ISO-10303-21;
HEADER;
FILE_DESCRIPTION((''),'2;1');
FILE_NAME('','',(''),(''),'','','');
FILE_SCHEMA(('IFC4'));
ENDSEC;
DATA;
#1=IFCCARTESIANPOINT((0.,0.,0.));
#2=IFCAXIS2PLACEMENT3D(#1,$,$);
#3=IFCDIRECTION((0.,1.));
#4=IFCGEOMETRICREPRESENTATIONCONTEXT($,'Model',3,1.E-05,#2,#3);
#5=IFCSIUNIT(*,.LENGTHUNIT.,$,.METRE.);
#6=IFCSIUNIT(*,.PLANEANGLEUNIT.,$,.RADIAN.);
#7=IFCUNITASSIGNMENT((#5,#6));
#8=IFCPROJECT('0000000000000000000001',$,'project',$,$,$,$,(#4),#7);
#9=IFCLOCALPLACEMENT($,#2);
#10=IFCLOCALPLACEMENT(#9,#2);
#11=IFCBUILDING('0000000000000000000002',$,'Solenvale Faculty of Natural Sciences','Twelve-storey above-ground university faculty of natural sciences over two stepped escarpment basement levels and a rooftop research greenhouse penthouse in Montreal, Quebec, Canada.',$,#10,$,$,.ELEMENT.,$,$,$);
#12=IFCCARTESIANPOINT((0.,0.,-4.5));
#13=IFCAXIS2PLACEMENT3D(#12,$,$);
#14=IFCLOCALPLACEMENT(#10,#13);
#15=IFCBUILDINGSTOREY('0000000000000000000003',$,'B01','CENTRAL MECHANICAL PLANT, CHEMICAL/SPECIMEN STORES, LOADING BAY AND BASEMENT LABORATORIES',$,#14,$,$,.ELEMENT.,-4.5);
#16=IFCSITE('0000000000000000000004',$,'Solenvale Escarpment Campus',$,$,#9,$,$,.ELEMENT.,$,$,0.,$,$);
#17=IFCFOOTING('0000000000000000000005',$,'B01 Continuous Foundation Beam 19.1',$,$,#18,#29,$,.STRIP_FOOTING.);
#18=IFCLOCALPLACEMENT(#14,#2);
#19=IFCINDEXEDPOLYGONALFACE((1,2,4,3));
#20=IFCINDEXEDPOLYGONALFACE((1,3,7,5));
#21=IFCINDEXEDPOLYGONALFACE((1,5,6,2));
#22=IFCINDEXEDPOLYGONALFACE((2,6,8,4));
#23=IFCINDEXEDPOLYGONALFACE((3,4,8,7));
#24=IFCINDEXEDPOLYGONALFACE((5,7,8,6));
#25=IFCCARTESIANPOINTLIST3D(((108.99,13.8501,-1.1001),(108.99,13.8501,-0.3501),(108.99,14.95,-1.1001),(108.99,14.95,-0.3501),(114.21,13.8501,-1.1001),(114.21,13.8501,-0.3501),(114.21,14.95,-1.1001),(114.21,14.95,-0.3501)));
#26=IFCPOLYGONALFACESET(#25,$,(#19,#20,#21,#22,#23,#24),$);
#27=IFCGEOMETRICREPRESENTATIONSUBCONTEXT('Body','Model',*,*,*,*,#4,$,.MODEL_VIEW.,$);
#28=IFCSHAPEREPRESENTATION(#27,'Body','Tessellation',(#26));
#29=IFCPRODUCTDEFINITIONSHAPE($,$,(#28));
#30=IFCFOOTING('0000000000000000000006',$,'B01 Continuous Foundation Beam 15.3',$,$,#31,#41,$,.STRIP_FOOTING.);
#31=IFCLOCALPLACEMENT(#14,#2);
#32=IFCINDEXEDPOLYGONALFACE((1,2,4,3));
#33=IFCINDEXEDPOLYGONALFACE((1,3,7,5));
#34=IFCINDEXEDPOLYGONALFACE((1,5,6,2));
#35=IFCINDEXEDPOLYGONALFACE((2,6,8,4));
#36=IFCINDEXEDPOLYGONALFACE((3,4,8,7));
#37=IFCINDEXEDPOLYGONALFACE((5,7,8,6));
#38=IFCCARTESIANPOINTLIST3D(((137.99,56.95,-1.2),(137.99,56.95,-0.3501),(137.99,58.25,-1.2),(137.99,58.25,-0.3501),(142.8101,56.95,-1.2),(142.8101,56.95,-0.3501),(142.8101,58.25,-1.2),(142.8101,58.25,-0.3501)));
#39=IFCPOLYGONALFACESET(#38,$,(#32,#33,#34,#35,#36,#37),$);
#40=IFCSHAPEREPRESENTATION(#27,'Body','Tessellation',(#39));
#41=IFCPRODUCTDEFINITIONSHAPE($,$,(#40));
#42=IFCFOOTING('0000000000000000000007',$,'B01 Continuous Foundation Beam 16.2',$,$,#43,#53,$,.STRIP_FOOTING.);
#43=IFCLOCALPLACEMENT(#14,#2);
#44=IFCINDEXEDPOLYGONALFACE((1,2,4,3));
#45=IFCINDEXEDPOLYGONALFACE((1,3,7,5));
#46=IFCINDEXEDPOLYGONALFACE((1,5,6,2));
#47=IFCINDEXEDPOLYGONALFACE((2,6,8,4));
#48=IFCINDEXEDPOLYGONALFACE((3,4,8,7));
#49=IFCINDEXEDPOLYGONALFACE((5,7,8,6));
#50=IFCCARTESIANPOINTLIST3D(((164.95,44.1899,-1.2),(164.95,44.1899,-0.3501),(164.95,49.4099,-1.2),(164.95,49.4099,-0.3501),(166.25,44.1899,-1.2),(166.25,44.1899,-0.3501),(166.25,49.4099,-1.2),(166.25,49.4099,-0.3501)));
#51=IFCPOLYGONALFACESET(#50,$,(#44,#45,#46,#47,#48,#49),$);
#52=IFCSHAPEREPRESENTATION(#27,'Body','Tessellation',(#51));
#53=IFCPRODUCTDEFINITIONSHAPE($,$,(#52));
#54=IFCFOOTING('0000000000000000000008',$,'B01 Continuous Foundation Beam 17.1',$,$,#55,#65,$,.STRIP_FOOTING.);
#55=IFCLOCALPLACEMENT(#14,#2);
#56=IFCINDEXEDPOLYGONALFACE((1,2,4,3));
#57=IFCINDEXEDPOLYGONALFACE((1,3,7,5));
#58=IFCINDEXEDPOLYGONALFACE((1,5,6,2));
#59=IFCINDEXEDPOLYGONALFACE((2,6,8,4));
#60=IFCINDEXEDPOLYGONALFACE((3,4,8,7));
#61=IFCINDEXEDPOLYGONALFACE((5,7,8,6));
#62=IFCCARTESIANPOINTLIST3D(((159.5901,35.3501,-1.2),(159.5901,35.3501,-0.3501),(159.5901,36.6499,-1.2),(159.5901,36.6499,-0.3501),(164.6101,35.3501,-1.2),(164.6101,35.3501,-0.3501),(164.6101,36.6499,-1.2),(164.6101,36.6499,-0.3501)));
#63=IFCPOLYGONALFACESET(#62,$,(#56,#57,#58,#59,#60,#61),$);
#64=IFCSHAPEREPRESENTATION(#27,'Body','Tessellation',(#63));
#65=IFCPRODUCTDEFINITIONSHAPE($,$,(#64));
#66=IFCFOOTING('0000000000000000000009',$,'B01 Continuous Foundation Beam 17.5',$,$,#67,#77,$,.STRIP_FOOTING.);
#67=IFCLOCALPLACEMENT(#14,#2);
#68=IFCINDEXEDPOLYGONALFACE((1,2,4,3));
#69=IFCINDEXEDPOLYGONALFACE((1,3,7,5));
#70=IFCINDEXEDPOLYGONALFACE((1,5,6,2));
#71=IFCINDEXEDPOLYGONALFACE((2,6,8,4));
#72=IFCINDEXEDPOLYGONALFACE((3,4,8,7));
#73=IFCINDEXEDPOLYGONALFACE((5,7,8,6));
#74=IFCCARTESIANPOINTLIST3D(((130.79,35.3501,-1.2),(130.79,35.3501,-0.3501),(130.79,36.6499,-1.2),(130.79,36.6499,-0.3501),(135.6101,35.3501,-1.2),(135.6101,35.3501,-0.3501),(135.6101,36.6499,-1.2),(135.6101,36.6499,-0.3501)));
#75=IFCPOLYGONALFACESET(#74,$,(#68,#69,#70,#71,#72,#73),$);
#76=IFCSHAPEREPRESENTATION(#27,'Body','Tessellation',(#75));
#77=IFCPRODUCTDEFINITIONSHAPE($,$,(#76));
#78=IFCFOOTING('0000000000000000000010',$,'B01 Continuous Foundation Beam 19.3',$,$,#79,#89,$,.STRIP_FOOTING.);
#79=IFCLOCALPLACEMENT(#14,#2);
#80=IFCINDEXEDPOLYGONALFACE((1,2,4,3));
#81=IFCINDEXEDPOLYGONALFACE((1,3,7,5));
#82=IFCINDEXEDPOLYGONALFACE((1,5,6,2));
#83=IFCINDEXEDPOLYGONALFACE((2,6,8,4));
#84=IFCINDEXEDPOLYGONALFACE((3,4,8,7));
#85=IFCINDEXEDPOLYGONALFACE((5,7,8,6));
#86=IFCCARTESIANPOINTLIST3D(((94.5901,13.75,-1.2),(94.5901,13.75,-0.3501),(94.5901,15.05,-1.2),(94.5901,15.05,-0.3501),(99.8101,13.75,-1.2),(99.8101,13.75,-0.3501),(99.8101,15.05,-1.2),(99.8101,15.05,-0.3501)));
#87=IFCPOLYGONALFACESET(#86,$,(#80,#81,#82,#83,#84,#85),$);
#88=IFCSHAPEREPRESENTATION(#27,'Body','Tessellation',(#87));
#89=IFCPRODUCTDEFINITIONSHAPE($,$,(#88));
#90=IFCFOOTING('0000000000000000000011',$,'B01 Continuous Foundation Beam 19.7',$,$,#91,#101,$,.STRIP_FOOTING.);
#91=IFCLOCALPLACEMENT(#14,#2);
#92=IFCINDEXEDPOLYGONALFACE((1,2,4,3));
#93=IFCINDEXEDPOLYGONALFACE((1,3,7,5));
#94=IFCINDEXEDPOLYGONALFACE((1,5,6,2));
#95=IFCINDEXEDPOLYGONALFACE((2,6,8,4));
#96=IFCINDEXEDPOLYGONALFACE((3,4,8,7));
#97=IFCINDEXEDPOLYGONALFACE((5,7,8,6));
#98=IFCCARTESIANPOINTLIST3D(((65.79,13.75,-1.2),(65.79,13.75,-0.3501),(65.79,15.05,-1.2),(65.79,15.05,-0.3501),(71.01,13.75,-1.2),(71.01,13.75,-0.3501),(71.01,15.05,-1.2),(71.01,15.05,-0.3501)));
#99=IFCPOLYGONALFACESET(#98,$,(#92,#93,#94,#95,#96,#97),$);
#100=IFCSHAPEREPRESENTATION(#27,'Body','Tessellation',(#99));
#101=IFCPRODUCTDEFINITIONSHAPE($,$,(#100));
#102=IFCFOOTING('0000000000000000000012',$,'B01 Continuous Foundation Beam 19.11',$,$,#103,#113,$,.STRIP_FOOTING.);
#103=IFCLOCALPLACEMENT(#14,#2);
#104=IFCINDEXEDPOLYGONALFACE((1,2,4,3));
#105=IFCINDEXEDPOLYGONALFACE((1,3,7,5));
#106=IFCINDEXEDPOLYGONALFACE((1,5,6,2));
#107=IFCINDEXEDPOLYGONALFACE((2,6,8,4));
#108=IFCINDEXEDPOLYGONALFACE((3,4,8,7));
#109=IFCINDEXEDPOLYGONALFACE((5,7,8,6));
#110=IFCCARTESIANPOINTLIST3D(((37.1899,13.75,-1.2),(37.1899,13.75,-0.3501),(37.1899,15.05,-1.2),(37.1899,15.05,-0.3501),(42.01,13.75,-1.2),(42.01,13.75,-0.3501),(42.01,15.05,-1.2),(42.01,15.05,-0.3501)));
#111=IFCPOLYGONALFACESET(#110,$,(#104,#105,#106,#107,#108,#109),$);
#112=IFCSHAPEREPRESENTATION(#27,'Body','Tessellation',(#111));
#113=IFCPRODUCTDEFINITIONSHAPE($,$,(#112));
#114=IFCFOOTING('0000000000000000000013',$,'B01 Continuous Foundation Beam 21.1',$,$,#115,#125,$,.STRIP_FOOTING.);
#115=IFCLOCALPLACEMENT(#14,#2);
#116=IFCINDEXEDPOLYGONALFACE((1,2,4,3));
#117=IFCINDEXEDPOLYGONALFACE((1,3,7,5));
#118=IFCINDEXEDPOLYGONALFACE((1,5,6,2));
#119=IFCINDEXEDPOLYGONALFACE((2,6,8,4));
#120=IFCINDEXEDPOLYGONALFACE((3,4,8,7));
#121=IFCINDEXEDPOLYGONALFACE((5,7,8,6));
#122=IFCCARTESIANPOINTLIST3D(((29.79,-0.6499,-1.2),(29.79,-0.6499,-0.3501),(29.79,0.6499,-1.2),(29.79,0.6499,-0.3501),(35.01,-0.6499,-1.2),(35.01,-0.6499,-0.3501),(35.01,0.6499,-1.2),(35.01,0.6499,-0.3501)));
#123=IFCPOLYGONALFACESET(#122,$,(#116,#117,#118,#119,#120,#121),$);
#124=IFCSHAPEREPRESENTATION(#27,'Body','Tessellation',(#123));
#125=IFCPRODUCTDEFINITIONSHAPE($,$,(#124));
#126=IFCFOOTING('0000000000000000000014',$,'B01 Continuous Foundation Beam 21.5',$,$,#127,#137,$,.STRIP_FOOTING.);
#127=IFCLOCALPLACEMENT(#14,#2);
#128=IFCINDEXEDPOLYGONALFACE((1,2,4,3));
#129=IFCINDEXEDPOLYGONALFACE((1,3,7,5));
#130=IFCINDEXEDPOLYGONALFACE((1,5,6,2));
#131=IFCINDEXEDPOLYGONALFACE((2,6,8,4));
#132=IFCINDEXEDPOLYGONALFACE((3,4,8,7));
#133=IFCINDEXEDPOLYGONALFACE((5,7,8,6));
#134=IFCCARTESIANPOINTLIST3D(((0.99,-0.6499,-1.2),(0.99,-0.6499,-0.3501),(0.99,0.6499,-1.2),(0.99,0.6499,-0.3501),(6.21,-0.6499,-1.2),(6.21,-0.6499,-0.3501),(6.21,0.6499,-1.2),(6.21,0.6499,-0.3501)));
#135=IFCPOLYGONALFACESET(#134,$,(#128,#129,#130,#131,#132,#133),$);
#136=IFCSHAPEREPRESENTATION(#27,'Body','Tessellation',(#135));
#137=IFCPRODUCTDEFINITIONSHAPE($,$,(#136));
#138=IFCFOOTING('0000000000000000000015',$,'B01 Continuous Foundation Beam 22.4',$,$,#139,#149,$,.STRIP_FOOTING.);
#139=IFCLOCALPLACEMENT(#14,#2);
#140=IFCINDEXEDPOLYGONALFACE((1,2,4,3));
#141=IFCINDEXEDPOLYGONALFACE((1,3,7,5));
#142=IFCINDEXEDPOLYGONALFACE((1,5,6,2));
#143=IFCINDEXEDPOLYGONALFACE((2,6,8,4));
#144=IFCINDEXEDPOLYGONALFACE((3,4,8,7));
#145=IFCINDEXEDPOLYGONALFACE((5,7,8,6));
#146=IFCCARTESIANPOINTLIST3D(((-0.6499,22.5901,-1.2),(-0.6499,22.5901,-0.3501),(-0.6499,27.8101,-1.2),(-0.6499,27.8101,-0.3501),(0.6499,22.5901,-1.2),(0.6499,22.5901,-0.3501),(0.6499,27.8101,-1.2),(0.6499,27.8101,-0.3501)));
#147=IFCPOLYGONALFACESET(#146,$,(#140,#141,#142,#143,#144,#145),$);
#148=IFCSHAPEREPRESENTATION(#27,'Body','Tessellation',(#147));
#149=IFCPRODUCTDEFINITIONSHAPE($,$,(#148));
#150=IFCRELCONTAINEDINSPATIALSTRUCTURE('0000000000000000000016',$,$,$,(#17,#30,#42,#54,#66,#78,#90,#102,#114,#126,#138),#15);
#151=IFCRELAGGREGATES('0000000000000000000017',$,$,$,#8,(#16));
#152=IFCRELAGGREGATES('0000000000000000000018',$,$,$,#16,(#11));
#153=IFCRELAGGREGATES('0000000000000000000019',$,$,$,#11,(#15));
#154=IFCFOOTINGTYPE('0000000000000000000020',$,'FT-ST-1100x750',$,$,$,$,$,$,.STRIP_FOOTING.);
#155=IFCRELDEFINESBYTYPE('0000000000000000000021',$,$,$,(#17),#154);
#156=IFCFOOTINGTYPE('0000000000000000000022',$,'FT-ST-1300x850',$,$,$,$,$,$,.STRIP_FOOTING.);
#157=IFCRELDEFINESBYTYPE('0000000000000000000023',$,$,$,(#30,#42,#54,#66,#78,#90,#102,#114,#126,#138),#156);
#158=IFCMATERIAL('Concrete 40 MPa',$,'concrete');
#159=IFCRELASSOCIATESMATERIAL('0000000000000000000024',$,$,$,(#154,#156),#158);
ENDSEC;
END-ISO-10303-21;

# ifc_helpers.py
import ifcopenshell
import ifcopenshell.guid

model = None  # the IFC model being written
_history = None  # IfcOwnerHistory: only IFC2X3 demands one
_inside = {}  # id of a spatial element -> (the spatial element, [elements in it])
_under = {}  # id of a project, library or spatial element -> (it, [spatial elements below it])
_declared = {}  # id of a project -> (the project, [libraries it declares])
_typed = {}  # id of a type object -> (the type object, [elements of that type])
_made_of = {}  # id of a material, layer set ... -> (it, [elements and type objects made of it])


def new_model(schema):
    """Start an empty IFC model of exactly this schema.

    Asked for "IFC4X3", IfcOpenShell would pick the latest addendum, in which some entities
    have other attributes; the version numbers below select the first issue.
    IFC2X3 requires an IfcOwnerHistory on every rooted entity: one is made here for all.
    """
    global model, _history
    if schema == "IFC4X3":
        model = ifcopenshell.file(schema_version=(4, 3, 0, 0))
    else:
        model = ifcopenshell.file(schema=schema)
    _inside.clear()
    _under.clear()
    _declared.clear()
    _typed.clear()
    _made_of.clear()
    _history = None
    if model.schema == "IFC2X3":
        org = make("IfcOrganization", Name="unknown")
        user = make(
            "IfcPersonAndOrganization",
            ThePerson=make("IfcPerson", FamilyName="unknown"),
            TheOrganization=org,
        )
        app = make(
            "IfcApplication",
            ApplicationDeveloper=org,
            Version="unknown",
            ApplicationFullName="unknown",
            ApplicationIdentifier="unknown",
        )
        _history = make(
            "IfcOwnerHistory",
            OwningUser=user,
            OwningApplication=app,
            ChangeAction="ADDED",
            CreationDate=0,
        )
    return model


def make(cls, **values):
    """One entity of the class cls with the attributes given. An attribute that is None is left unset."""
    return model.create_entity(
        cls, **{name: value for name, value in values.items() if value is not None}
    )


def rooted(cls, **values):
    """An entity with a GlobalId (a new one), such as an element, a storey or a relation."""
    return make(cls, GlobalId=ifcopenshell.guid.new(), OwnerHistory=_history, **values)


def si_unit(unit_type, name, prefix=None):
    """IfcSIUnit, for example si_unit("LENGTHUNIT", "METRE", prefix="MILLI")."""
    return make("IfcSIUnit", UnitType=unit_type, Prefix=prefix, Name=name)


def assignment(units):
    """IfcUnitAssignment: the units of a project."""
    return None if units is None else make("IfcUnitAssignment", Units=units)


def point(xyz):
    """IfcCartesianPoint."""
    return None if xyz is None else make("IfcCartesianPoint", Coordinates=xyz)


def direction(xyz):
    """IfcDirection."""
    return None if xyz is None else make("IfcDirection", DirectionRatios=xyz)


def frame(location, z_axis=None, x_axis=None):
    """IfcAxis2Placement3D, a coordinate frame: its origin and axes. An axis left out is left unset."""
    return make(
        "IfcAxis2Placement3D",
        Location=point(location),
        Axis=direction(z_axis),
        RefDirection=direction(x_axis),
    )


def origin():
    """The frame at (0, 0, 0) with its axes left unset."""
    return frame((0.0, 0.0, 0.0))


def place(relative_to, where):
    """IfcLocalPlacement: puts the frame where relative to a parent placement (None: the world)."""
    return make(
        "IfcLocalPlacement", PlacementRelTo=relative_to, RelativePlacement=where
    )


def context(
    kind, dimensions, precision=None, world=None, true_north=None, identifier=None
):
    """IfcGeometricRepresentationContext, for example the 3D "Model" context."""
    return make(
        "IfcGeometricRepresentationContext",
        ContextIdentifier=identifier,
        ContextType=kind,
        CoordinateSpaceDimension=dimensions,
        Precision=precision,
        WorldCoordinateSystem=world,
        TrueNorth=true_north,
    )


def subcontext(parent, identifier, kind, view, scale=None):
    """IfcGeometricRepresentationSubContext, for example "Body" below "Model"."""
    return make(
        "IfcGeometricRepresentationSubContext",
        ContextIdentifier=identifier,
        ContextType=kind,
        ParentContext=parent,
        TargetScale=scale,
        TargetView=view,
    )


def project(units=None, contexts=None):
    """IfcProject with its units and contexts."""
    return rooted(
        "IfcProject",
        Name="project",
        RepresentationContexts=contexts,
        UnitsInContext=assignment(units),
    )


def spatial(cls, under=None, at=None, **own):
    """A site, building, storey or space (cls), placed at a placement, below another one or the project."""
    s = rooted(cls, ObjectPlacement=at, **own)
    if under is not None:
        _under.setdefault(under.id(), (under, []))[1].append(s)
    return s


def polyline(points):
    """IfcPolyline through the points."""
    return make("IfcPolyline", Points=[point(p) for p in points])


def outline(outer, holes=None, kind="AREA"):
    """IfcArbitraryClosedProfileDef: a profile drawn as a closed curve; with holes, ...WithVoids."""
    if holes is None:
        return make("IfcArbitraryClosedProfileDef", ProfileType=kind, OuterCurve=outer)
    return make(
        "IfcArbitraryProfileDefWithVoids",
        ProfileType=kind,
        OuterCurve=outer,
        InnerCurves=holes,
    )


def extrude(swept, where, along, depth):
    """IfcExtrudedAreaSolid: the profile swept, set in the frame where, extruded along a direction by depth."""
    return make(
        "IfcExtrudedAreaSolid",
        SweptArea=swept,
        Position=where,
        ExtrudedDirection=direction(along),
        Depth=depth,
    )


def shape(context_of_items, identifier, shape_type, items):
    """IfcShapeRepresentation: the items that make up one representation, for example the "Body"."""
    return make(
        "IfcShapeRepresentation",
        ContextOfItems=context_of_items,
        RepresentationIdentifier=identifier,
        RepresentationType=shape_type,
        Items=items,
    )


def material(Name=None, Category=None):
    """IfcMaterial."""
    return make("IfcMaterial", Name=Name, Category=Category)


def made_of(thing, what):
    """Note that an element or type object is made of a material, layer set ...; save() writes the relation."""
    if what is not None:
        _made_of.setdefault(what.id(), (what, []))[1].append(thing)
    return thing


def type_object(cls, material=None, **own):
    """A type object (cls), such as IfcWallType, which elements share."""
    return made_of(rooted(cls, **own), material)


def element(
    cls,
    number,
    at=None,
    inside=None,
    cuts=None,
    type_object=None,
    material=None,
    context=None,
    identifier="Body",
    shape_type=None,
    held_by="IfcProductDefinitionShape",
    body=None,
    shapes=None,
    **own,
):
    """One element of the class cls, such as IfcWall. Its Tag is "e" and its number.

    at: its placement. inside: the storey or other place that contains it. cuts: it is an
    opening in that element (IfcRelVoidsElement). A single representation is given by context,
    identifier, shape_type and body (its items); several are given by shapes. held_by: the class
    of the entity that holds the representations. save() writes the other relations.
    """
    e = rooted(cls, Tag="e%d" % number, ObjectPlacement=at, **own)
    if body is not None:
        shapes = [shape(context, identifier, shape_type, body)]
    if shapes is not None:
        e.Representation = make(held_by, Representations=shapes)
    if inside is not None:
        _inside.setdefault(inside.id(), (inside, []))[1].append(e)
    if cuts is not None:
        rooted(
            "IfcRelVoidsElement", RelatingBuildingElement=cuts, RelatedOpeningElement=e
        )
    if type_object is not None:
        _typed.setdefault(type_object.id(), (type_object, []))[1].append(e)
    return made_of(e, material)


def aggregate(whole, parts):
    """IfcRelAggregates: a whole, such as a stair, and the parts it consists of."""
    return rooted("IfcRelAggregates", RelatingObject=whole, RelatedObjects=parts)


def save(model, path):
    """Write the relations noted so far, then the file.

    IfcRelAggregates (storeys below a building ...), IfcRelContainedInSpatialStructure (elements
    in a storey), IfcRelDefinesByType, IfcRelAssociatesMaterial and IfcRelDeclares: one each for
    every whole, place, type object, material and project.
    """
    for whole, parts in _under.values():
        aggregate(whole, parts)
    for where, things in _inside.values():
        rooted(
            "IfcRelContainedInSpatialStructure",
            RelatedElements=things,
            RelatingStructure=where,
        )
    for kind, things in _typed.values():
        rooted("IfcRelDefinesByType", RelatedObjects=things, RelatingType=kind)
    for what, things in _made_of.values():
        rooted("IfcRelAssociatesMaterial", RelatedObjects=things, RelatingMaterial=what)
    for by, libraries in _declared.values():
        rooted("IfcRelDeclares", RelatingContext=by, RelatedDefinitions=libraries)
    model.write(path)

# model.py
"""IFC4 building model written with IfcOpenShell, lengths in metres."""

from ifc_helpers import new_model, si_unit, direction, frame, origin, place, context, subcontext, project, spatial, polyline, outline, extrude, material, type_object, element, save


model = new_model("IFC4")

# Units and contexts
model_context = context("Model", 3, precision=1e-05, world=origin(), true_north=direction((0.0, 1.0)))
body_context = subcontext(model_context, "Body", "Model", "MODEL_VIEW")
ifc_project = project(units=[si_unit("LENGTHUNIT", "METRE"), si_unit("PLANEANGLEUNIT", "RADIAN")], contexts=[model_context])

# Site, building, storey
site_placement = place(None, origin())
site = spatial("IfcSite", under=ifc_project, at=site_placement, Name="Solenvale Escarpment Campus", CompositionType="ELEMENT", RefElevation=0.0)
building_placement = place(site_placement, origin())
building = spatial("IfcBuilding", under=site, at=building_placement, Name="Solenvale Faculty of Natural Sciences", Description="Twelve-storey above-ground university faculty of natural sciences over two stepped escarpment basement levels and a rooftop research greenhouse penthouse in Montreal, Quebec, Canada.", CompositionType="ELEMENT")
storey_placement = place(building_placement, frame((0.0, 0.0, -4.5)))
storey = spatial("IfcBuildingStorey", under=building, at=storey_placement, Name="B01", Description="CENTRAL MECHANICAL PLANT, CHEMICAL/SPECIMEN STORES, LOADING BAY AND BASEMENT LABORATORIES", CompositionType="ELEMENT", Elevation=-4.5)

# Footings
ifc_material = material(Name="Concrete 40 MPa", Category="concrete")
footing_type_1 = type_object("IfcFootingType", Name="FT-ST-1100x750", PredefinedType="STRIP_FOOTING", material=ifc_material)
footing_1_placement = place(storey_placement, frame((0.0, 0.0, -1.1001)))
element("IfcFooting", 1, at=footing_1_placement, inside=storey, type_object=footing_type_1, Name="B01 Continuous Foundation Beam 19.1", PredefinedType="STRIP_FOOTING", context=body_context, shape_type="SweptSolid", body=[
    extrude(outline(polyline([(108.99, 13.8501), (114.21, 13.8501), (114.21, 14.95), (108.99, 14.95), (108.99, 13.8501)])), origin(), (0.0, 0.0, 1.0), 0.75),
])
footing_type_2 = type_object("IfcFootingType", Name="FT-ST-1300x850", PredefinedType="STRIP_FOOTING", material=ifc_material)
footing_2_placement = place(storey_placement, frame((0.0, 0.0, -1.2)))
element("IfcFooting", 2, at=footing_2_placement, inside=storey, type_object=footing_type_2, Name="B01 Continuous Foundation Beam 15.3", PredefinedType="STRIP_FOOTING", context=body_context, shape_type="SweptSolid", body=[
    extrude(outline(polyline([(137.99, 56.95), (142.8101, 56.95), (142.8101, 58.25), (137.99, 58.25), (137.99, 56.95)])), origin(), (0.0, 0.0, 1.0), 0.8499),
])
footing_3_placement = place(storey_placement, frame((0.0, 0.0, -1.2)))
element("IfcFooting", 3, at=footing_3_placement, inside=storey, type_object=footing_type_2, Name="B01 Continuous Foundation Beam 16.2", PredefinedType="STRIP_FOOTING", context=body_context, shape_type="SweptSolid", body=[
    extrude(outline(polyline([(164.95, 44.1899), (166.25, 44.1899), (166.25, 49.4099), (164.95, 49.4099), (164.95, 44.1899)])), origin(), (0.0, 0.0, 1.0), 0.8499),
])
footing_4_placement = place(storey_placement, frame((0.0, 0.0, -1.2)))
element("IfcFooting", 4, at=footing_4_placement, inside=storey, type_object=footing_type_2, Name="B01 Continuous Foundation Beam 17.1", PredefinedType="STRIP_FOOTING", context=body_context, shape_type="SweptSolid", body=[
    extrude(outline(polyline([(159.5901, 35.3501), (164.6101, 35.3501), (164.6101, 36.6499), (159.5901, 36.6499), (159.5901, 35.3501)])), origin(), (0.0, 0.0, 1.0), 0.8499),
])
footing_5_placement = place(storey_placement, frame((0.0, 0.0, -1.2)))
element("IfcFooting", 5, at=footing_5_placement, inside=storey, type_object=footing_type_2, Name="B01 Continuous Foundation Beam 17.5", PredefinedType="STRIP_FOOTING", context=body_context, shape_type="SweptSolid", body=[
    extrude(outline(polyline([(130.79, 35.3501), (135.6101, 35.3501), (135.6101, 36.6499), (130.79, 36.6499), (130.79, 35.3501)])), origin(), (0.0, 0.0, 1.0), 0.8499),
])
footing_6_placement = place(storey_placement, frame((0.0, 0.0, -1.2)))
element("IfcFooting", 6, at=footing_6_placement, inside=storey, type_object=footing_type_2, Name="B01 Continuous Foundation Beam 19.3", PredefinedType="STRIP_FOOTING", context=body_context, shape_type="SweptSolid", body=[
    extrude(outline(polyline([(94.5901, 13.75), (99.8101, 13.75), (99.8101, 15.05), (94.5901, 15.05), (94.5901, 13.75)])), origin(), (0.0, 0.0, 1.0), 0.8499),
])
footing_7_placement = place(storey_placement, frame((0.0, 0.0, -1.2)))
element("IfcFooting", 7, at=footing_7_placement, inside=storey, type_object=footing_type_2, Name="B01 Continuous Foundation Beam 19.7", PredefinedType="STRIP_FOOTING", context=body_context, shape_type="SweptSolid", body=[
    extrude(outline(polyline([(65.79, 13.75), (71.01, 13.75), (71.01, 15.05), (65.79, 15.05), (65.79, 13.75)])), origin(), (0.0, 0.0, 1.0), 0.8499),
])
footing_8_placement = place(storey_placement, frame((0.0, 0.0, -1.2)))
element("IfcFooting", 8, at=footing_8_placement, inside=storey, type_object=footing_type_2, Name="B01 Continuous Foundation Beam 19.11", PredefinedType="STRIP_FOOTING", context=body_context, shape_type="SweptSolid", body=[
    extrude(outline(polyline([(37.1899, 13.75), (42.01, 13.75), (42.01, 15.05), (37.1899, 15.05), (37.1899, 13.75)])), origin(), (0.0, 0.0, 1.0), 0.8499),
])
footing_9_placement = place(storey_placement, frame((0.0, 0.0, -1.2)))
element("IfcFooting", 9, at=footing_9_placement, inside=storey, type_object=footing_type_2, Name="B01 Continuous Foundation Beam 21.1", PredefinedType="STRIP_FOOTING", context=body_context, shape_type="SweptSolid", body=[
    extrude(outline(polyline([(29.79, -0.6499), (35.01, -0.6499), (35.01, 0.6499), (29.79, 0.6499), (29.79, -0.6499)])), origin(), (0.0, 0.0, 1.0), 0.8499),
])
footing_10_placement = place(storey_placement, frame((0.0, 0.0, -1.2)))
element("IfcFooting", 10, at=footing_10_placement, inside=storey, type_object=footing_type_2, Name="B01 Continuous Foundation Beam 21.5", PredefinedType="STRIP_FOOTING", context=body_context, shape_type="SweptSolid", body=[
    extrude(outline(polyline([(0.99, -0.6499), (6.21, -0.6499), (6.21, 0.6499), (0.99, 0.6499), (0.99, -0.6499)])), origin(), (0.0, 0.0, 1.0), 0.8499),
])
footing_11_placement = place(storey_placement, frame((0.0, 0.0, -1.2)))
element("IfcFooting", 11, at=footing_11_placement, inside=storey, type_object=footing_type_2, Name="B01 Continuous Foundation Beam 22.4", PredefinedType="STRIP_FOOTING", context=body_context, shape_type="SweptSolid", body=[
    extrude(outline(polyline([(-0.6499, 22.5901), (0.6499, 22.5901), (0.6499, 27.8101), (-0.6499, 27.8101), (-0.6499, 22.5901)])), origin(), (0.0, 0.0, 1.0), 0.8499),
])

save(model, "model.ifc")
